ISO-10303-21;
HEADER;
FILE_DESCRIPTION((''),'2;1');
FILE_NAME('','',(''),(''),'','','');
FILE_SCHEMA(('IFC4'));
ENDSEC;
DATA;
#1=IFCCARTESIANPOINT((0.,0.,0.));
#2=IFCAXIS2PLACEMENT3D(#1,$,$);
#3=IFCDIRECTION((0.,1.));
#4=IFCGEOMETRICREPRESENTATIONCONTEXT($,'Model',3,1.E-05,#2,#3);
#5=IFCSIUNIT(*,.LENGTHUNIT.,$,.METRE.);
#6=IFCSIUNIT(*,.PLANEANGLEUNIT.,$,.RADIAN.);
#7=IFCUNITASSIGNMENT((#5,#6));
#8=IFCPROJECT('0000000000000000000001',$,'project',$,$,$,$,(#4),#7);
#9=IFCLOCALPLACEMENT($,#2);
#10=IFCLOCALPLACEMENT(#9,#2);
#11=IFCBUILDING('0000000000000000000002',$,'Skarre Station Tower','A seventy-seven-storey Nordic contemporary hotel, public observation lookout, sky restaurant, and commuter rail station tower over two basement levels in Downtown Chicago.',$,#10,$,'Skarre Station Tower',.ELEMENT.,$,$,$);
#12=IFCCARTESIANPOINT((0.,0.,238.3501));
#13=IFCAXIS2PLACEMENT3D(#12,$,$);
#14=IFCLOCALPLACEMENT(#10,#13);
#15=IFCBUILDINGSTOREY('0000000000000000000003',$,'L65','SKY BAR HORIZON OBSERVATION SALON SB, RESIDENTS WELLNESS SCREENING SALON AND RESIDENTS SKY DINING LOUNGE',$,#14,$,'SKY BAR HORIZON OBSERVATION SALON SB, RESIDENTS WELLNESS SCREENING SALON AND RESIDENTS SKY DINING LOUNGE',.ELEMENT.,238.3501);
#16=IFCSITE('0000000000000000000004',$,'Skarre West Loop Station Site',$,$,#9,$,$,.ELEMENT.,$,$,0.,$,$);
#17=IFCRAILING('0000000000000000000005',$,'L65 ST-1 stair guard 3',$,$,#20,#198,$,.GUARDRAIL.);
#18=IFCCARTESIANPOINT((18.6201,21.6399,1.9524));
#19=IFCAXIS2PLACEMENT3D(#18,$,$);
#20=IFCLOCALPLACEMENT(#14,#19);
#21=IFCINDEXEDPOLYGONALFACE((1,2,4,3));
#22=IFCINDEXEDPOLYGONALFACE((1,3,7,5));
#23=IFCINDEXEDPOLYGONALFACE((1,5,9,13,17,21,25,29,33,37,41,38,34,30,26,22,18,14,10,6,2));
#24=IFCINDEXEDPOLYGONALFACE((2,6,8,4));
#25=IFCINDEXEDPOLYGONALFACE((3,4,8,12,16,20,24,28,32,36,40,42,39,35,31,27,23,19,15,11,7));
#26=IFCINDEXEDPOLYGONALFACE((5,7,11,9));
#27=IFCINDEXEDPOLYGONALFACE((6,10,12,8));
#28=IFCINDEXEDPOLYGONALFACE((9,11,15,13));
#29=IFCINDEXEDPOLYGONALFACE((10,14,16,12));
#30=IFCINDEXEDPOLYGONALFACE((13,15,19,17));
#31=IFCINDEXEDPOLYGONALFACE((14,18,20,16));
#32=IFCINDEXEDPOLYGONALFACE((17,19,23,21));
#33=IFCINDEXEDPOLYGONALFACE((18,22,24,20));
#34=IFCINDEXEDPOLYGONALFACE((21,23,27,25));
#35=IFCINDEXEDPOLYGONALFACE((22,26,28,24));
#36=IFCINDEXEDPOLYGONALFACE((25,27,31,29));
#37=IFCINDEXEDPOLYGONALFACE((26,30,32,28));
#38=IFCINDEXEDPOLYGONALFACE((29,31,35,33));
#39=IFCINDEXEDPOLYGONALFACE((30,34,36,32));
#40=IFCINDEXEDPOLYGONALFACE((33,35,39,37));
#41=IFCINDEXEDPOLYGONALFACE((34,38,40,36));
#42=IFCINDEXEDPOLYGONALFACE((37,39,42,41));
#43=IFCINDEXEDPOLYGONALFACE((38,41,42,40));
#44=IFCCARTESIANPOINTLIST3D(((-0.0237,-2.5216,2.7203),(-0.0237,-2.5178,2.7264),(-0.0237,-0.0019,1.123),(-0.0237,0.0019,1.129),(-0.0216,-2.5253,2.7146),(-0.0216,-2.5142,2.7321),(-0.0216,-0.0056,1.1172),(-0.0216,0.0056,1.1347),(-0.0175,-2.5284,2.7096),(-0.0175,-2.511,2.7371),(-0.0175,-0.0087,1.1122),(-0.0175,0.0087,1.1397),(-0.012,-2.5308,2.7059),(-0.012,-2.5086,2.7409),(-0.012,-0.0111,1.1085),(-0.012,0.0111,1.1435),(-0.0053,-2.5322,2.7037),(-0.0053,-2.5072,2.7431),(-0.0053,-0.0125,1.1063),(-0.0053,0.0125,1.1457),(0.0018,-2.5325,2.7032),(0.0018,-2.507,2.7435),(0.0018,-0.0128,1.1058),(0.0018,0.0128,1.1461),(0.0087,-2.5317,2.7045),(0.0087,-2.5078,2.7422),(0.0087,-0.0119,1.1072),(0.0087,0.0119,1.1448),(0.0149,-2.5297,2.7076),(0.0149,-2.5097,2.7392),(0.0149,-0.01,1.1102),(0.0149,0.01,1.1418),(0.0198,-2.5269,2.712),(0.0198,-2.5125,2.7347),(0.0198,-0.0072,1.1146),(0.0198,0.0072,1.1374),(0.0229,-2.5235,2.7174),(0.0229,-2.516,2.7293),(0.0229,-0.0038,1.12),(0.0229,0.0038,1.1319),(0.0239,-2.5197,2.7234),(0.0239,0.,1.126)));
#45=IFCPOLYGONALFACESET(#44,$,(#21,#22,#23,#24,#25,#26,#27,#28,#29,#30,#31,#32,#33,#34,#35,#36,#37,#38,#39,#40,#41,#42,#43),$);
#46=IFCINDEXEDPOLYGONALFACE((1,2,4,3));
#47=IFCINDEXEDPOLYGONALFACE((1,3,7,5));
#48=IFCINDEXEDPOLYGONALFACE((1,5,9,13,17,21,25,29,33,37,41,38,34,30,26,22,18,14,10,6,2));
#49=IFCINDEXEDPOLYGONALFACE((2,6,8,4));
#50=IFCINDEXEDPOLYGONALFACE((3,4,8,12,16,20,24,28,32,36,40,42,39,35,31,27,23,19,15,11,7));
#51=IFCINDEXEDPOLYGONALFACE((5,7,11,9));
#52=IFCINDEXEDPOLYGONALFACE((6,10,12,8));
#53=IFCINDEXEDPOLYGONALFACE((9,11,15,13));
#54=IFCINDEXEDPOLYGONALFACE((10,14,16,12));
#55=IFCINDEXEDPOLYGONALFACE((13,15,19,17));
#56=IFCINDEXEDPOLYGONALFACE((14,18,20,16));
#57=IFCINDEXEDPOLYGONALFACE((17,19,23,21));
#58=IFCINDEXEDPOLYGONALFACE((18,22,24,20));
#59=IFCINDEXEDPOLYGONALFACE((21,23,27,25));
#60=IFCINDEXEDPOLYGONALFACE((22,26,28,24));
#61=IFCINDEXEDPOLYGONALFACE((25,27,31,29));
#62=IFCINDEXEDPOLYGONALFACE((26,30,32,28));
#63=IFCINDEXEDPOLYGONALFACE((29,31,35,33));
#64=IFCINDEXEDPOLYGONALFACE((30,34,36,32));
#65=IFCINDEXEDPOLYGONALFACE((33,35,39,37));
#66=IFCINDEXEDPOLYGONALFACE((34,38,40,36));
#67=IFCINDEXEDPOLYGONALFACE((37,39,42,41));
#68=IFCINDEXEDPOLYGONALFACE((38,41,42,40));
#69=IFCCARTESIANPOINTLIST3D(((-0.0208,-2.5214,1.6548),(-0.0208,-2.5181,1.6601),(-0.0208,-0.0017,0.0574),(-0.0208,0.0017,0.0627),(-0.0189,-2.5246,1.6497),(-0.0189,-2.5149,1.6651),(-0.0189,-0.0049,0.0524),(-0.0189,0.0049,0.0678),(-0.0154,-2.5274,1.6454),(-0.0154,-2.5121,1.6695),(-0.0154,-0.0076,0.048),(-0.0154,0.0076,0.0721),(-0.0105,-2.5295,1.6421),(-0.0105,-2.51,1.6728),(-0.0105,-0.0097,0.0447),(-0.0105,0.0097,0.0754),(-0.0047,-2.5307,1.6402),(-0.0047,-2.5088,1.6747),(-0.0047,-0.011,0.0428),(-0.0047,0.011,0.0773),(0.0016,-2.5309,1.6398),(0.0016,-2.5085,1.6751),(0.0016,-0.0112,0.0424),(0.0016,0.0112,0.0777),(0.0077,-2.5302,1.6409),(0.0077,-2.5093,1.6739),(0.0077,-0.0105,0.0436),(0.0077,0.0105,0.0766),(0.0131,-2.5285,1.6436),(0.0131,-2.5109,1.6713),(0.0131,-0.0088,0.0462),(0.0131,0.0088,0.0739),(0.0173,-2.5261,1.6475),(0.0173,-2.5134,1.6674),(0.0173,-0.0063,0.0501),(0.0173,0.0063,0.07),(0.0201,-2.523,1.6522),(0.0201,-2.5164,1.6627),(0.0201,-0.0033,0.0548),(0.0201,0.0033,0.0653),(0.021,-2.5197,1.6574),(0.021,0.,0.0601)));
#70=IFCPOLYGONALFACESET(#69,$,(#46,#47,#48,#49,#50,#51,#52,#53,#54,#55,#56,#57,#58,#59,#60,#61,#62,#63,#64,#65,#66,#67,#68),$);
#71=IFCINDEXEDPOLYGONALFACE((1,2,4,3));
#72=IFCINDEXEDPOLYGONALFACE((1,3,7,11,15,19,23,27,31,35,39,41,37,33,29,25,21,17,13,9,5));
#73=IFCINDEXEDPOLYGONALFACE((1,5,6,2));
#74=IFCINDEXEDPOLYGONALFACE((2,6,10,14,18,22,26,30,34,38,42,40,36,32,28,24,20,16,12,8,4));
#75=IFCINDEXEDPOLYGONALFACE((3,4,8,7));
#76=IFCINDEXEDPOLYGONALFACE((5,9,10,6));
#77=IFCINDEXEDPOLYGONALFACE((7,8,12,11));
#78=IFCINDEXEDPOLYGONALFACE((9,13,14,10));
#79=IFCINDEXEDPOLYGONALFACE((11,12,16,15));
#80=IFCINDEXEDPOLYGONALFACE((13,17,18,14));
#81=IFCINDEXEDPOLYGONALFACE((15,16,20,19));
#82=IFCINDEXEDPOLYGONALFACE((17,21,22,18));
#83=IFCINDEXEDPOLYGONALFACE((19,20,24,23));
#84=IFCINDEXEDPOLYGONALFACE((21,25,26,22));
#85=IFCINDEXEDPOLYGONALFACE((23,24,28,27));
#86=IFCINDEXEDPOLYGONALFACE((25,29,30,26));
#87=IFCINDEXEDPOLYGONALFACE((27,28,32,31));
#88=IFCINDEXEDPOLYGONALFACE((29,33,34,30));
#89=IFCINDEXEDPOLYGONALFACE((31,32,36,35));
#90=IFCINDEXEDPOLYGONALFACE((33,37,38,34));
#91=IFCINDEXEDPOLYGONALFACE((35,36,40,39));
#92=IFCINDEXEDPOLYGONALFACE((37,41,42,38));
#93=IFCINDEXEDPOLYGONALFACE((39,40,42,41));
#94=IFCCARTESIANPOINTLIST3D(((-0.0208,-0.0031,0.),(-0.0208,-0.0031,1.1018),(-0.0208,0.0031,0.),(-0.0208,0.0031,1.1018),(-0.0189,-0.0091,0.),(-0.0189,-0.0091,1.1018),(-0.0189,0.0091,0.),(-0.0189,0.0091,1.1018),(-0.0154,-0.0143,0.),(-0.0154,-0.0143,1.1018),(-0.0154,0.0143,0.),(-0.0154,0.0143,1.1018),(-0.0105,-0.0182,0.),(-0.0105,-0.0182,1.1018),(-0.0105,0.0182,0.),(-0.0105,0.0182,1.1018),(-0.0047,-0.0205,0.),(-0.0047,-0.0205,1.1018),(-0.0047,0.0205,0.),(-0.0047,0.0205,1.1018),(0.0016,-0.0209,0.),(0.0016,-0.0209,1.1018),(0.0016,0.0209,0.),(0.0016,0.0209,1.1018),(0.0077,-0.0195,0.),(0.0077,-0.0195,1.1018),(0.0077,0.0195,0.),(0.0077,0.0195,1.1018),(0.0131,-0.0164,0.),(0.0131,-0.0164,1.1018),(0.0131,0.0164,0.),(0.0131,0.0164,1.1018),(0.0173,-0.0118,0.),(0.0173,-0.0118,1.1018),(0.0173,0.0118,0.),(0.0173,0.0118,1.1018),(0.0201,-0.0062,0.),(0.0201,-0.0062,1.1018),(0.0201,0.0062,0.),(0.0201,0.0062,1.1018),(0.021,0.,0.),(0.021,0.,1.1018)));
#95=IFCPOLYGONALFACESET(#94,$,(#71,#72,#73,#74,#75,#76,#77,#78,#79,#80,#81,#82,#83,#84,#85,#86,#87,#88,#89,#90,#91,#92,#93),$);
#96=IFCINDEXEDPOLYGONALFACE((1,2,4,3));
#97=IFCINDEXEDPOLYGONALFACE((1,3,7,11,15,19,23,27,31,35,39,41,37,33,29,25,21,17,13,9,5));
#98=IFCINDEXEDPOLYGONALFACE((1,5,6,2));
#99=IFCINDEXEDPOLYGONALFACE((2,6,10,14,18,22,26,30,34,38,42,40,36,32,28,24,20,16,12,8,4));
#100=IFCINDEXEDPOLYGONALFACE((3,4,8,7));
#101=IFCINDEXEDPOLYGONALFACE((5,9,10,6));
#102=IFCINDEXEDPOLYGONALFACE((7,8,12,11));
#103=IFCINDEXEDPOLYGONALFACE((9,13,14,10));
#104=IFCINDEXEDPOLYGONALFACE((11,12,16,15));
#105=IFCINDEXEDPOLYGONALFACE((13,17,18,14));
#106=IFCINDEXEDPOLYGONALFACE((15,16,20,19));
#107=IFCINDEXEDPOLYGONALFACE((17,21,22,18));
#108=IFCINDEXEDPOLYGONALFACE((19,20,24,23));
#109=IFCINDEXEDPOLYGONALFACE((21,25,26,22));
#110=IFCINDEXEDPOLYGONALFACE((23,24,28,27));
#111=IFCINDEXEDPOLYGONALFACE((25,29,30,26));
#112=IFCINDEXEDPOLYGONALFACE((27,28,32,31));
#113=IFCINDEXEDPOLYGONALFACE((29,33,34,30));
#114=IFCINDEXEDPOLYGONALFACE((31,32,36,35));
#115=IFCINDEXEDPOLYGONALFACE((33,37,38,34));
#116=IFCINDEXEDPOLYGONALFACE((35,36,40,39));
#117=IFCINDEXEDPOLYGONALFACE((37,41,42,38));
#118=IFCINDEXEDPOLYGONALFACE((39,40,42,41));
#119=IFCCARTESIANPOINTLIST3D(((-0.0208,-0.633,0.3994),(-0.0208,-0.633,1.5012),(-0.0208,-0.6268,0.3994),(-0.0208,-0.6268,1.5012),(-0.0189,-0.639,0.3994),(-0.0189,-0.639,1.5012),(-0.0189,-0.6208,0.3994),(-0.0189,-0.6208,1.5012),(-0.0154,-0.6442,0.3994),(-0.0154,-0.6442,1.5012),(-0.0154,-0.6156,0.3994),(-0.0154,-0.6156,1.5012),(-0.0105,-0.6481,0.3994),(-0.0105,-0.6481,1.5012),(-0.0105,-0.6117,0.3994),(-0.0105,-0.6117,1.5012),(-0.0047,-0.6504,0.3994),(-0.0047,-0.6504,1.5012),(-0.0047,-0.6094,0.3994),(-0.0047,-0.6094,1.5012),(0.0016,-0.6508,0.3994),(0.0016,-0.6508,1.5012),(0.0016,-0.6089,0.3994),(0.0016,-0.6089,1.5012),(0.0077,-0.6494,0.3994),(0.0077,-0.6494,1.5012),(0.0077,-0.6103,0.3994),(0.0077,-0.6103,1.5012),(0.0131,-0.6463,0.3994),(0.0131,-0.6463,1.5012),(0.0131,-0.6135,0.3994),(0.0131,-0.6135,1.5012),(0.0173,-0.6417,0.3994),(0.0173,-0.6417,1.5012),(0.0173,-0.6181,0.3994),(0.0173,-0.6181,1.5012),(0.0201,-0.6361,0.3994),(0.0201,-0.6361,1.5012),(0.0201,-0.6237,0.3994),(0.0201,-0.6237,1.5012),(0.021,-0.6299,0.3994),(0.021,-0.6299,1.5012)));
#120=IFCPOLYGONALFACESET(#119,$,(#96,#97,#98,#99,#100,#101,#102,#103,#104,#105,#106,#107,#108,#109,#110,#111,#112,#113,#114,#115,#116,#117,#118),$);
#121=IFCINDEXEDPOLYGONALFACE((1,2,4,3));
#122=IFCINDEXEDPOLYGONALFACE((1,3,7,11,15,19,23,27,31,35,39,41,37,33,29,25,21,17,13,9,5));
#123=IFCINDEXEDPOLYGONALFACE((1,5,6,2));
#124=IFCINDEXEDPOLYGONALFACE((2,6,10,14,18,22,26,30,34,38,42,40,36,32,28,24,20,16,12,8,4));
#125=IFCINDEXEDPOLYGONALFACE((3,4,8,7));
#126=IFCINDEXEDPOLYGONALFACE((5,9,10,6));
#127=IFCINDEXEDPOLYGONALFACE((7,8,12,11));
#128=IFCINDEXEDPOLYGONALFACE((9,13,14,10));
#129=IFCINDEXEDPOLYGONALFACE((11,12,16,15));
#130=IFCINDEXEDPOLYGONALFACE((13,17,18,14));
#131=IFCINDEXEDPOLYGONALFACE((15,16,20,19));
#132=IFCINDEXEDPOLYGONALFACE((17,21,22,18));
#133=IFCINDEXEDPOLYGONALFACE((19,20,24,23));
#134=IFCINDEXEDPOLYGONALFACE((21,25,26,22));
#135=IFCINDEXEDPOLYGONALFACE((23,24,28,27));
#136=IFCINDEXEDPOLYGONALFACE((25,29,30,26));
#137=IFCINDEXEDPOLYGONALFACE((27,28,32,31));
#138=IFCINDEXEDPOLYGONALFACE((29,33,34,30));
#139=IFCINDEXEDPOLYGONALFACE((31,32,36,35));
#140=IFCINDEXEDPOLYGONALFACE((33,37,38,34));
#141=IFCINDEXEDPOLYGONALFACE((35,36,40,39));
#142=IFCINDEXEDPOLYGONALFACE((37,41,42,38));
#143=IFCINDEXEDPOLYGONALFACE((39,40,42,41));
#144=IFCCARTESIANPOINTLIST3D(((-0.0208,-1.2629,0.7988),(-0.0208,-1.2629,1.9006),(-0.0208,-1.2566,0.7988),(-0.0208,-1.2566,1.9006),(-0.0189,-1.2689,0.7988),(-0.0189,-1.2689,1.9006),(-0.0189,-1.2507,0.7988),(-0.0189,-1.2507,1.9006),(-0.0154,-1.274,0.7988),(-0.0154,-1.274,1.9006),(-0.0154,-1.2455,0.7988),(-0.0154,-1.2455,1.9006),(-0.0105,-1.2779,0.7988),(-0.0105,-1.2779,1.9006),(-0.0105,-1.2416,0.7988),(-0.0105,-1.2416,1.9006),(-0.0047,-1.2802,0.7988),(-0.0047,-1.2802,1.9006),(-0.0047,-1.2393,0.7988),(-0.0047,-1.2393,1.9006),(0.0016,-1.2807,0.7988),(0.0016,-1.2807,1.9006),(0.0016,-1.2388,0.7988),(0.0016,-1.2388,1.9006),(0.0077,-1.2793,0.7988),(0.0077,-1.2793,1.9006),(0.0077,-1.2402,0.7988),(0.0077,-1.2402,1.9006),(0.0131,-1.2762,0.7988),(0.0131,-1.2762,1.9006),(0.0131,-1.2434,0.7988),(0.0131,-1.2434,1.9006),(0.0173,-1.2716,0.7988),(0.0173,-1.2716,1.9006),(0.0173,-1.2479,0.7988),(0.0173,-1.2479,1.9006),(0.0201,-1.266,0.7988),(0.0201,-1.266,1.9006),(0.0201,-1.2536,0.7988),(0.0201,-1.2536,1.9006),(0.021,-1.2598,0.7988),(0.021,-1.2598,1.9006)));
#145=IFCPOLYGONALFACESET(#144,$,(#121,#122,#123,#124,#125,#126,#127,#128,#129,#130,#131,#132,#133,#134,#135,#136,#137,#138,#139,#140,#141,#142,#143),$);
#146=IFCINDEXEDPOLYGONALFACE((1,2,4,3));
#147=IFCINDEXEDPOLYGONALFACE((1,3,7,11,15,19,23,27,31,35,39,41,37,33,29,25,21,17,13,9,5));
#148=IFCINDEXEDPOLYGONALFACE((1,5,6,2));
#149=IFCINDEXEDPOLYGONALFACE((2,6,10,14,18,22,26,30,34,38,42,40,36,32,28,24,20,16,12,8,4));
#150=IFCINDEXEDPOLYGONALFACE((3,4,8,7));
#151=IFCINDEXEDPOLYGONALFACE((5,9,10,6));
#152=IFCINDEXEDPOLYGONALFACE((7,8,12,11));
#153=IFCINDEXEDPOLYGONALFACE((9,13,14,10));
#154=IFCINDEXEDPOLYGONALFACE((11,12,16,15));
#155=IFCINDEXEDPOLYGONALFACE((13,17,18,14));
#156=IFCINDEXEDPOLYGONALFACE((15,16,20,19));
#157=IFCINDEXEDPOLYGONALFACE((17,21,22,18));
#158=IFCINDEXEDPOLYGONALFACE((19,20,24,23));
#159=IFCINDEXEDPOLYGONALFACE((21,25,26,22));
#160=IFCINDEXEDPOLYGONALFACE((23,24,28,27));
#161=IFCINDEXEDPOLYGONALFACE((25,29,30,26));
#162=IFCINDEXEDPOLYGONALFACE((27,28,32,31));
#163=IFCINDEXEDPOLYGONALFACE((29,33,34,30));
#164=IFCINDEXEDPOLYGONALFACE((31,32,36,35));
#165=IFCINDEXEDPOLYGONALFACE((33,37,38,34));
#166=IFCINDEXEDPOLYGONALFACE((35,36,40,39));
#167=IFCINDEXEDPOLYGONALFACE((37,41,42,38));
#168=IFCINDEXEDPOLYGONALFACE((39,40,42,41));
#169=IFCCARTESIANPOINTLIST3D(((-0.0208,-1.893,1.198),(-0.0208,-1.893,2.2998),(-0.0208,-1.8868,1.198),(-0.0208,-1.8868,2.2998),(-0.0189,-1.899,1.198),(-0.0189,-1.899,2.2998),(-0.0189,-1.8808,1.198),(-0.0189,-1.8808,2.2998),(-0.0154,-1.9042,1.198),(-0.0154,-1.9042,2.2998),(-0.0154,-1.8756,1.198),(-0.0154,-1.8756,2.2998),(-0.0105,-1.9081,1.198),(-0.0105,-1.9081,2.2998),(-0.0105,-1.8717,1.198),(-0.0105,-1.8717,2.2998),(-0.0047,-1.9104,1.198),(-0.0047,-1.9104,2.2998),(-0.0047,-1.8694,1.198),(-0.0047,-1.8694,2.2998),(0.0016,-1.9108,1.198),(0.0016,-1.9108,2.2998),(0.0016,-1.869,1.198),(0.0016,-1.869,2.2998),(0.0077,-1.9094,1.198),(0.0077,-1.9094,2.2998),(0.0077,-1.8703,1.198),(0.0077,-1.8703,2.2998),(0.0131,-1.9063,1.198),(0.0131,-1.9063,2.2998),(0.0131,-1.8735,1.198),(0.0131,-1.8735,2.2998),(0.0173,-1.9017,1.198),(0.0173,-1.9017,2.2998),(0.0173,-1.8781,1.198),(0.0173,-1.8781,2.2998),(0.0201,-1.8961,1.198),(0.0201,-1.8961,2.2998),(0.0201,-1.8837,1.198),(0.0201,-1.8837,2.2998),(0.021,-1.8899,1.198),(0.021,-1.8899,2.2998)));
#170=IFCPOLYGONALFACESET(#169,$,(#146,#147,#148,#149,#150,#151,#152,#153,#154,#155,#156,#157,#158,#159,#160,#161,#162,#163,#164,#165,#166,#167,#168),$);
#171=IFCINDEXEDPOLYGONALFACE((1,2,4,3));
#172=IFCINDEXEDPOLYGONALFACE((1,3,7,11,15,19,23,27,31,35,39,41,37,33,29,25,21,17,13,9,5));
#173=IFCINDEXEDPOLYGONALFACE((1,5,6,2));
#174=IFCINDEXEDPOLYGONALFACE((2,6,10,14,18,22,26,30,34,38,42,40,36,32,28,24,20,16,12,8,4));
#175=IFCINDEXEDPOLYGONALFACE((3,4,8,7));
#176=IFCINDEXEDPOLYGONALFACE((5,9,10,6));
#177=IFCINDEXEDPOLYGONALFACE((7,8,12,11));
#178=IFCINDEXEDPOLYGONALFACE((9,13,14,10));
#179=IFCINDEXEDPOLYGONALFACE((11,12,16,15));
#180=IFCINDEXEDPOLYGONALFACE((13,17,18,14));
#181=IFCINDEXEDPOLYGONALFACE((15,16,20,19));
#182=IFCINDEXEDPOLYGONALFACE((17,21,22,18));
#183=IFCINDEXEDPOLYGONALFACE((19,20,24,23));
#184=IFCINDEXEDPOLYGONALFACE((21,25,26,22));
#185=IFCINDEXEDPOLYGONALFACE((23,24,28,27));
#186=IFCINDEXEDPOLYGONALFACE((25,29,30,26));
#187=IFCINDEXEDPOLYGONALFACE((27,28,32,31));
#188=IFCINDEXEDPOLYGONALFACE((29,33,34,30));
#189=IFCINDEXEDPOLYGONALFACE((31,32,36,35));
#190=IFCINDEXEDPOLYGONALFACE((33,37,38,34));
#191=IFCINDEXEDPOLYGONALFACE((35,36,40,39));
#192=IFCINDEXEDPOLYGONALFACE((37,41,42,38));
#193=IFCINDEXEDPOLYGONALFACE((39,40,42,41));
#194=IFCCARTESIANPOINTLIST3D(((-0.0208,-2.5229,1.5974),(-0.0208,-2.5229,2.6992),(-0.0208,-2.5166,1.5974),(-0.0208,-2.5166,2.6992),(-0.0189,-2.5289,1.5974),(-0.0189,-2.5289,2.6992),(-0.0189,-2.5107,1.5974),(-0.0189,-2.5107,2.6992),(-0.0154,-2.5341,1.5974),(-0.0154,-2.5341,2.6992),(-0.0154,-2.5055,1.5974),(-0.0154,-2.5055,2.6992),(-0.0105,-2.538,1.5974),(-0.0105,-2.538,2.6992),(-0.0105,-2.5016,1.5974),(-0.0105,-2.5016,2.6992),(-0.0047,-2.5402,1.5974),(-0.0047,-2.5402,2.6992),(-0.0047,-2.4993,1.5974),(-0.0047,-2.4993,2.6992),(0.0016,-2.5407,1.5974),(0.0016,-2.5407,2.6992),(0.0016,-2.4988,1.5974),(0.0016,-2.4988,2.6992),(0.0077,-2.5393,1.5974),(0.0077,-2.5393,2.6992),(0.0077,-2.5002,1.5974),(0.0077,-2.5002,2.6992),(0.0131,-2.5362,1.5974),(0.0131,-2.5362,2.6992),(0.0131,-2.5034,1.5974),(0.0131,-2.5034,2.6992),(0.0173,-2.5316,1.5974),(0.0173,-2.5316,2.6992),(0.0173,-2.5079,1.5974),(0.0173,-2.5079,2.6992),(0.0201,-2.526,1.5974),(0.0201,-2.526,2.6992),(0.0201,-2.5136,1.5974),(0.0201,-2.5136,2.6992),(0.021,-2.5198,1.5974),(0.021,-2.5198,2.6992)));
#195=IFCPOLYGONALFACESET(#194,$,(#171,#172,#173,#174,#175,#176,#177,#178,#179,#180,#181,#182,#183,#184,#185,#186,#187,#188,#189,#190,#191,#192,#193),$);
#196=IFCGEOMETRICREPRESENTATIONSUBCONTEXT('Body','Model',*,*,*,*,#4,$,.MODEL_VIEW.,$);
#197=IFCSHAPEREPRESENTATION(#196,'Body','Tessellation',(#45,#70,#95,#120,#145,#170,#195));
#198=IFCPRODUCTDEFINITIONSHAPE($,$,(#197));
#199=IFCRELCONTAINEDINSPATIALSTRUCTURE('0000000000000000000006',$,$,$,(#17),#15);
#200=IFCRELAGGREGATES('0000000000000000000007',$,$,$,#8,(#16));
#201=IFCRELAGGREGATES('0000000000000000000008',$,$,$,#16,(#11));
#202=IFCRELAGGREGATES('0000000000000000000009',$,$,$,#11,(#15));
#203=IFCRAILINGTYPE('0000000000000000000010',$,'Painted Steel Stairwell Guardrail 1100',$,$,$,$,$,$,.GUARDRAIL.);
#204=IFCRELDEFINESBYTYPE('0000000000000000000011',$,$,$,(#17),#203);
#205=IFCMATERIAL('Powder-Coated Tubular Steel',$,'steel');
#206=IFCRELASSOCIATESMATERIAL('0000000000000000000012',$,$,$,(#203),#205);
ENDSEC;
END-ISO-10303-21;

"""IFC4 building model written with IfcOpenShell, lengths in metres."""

from ifc_helpers import new_model, si_unit, direction, frame, origin, origin_2d, place, context, subcontext, project, spatial, circle, extrude, material, type_object, element, save


model = new_model("IFC4")

# Units and contexts
model_context = context("Model", 3, precision=1e-05, world=origin(), true_north=direction((0.0, 1.0)))
body_context = subcontext(model_context, "Body", "Model", "MODEL_VIEW")
ifc_project = project(units=[si_unit("LENGTHUNIT", "METRE"), si_unit("PLANEANGLEUNIT", "RADIAN")], contexts=[model_context])

# Site, building, storey
site_placement = place(None, origin())
site = spatial("IfcSite", under=ifc_project, at=site_placement, Name="Skarre West Loop Station Site", CompositionType="ELEMENT", RefElevation=0.0)
building_placement = place(site_placement, origin())
building = spatial("IfcBuilding", under=site, at=building_placement, Name="Skarre Station Tower", Description="A seventy-seven-storey Nordic contemporary hotel, public observation lookout, sky restaurant, and commuter rail station tower over two basement levels in Downtown Chicago.", LongName="Skarre Station Tower", CompositionType="ELEMENT")
storey_placement = place(building_placement, frame((0.0, 0.0, 238.3501)))
storey = spatial("IfcBuildingStorey", under=building, at=storey_placement, Name="L65", Description="SKY BAR HORIZON OBSERVATION SALON SB, RESIDENTS WELLNESS SCREENING SALON AND RESIDENTS SKY DINING LOUNGE", LongName="SKY BAR HORIZON OBSERVATION SALON SB, RESIDENTS WELLNESS SCREENING SALON AND RESIDENTS SKY DINING LOUNGE", CompositionType="ELEMENT", Elevation=238.3501)

# Railing
ifc_material_1 = material(Name="Powder-Coated Tubular Steel", Category="steel")
railing_type_1 = type_object("IfcRailingType", Name="Painted Steel Stairwell Guardrail 1100", PredefinedType="GUARDRAIL", material=ifc_material_1)
railing_1_placement = place(storey_placement, frame((18.6201, 21.6399, 1.9524)))
element("IfcRailing", 1, at=railing_1_placement, inside=storey, type_object=railing_type_1, Name="L65 ST-1 stair guard 3", PredefinedType="GUARDRAIL", context=body_context, shape_type="SweptSolid", body=[
    extrude(circle(Radius=0.0239, at=origin_2d()), frame((0.0, 0.0, 1.126), z_axis=(0.0, -0.844583, 0.535424), x_axis=(1.0, 0.0, 0.0)), (0.0, 0.0, 1.0), 2.9834),
    extrude(circle(Radius=0.021, at=origin_2d()), frame((0.0, 0.0, 0.0601), z_axis=(0.0, -0.844583, 0.535424), x_axis=(1.0, 0.0, 0.0)), (0.0, 0.0, 1.0), 2.9834),
    extrude(circle(Radius=0.021, at=origin_2d()), origin(), (0.0, 0.0, 1.0), 1.1018),
    extrude(circle(Radius=0.021, at=origin_2d()), frame((0.0, -0.6299, 0.3994)), (0.0, 0.0, 1.0), 1.1018),
    extrude(circle(Radius=0.021, at=origin_2d()), frame((0.0, -1.2598, 0.7988)), (0.0, 0.0, 1.0), 1.1018),
    extrude(circle(Radius=0.021, at=origin_2d()), frame((0.0, -1.8899, 1.198)), (0.0, 0.0, 1.0), 1.1018),
    extrude(circle(Radius=0.021, at=origin_2d()), frame((0.0, -2.5198, 1.5974)), (0.0, 0.0, 1.0), 1.1018),
])

save(model, "model.ifc")
